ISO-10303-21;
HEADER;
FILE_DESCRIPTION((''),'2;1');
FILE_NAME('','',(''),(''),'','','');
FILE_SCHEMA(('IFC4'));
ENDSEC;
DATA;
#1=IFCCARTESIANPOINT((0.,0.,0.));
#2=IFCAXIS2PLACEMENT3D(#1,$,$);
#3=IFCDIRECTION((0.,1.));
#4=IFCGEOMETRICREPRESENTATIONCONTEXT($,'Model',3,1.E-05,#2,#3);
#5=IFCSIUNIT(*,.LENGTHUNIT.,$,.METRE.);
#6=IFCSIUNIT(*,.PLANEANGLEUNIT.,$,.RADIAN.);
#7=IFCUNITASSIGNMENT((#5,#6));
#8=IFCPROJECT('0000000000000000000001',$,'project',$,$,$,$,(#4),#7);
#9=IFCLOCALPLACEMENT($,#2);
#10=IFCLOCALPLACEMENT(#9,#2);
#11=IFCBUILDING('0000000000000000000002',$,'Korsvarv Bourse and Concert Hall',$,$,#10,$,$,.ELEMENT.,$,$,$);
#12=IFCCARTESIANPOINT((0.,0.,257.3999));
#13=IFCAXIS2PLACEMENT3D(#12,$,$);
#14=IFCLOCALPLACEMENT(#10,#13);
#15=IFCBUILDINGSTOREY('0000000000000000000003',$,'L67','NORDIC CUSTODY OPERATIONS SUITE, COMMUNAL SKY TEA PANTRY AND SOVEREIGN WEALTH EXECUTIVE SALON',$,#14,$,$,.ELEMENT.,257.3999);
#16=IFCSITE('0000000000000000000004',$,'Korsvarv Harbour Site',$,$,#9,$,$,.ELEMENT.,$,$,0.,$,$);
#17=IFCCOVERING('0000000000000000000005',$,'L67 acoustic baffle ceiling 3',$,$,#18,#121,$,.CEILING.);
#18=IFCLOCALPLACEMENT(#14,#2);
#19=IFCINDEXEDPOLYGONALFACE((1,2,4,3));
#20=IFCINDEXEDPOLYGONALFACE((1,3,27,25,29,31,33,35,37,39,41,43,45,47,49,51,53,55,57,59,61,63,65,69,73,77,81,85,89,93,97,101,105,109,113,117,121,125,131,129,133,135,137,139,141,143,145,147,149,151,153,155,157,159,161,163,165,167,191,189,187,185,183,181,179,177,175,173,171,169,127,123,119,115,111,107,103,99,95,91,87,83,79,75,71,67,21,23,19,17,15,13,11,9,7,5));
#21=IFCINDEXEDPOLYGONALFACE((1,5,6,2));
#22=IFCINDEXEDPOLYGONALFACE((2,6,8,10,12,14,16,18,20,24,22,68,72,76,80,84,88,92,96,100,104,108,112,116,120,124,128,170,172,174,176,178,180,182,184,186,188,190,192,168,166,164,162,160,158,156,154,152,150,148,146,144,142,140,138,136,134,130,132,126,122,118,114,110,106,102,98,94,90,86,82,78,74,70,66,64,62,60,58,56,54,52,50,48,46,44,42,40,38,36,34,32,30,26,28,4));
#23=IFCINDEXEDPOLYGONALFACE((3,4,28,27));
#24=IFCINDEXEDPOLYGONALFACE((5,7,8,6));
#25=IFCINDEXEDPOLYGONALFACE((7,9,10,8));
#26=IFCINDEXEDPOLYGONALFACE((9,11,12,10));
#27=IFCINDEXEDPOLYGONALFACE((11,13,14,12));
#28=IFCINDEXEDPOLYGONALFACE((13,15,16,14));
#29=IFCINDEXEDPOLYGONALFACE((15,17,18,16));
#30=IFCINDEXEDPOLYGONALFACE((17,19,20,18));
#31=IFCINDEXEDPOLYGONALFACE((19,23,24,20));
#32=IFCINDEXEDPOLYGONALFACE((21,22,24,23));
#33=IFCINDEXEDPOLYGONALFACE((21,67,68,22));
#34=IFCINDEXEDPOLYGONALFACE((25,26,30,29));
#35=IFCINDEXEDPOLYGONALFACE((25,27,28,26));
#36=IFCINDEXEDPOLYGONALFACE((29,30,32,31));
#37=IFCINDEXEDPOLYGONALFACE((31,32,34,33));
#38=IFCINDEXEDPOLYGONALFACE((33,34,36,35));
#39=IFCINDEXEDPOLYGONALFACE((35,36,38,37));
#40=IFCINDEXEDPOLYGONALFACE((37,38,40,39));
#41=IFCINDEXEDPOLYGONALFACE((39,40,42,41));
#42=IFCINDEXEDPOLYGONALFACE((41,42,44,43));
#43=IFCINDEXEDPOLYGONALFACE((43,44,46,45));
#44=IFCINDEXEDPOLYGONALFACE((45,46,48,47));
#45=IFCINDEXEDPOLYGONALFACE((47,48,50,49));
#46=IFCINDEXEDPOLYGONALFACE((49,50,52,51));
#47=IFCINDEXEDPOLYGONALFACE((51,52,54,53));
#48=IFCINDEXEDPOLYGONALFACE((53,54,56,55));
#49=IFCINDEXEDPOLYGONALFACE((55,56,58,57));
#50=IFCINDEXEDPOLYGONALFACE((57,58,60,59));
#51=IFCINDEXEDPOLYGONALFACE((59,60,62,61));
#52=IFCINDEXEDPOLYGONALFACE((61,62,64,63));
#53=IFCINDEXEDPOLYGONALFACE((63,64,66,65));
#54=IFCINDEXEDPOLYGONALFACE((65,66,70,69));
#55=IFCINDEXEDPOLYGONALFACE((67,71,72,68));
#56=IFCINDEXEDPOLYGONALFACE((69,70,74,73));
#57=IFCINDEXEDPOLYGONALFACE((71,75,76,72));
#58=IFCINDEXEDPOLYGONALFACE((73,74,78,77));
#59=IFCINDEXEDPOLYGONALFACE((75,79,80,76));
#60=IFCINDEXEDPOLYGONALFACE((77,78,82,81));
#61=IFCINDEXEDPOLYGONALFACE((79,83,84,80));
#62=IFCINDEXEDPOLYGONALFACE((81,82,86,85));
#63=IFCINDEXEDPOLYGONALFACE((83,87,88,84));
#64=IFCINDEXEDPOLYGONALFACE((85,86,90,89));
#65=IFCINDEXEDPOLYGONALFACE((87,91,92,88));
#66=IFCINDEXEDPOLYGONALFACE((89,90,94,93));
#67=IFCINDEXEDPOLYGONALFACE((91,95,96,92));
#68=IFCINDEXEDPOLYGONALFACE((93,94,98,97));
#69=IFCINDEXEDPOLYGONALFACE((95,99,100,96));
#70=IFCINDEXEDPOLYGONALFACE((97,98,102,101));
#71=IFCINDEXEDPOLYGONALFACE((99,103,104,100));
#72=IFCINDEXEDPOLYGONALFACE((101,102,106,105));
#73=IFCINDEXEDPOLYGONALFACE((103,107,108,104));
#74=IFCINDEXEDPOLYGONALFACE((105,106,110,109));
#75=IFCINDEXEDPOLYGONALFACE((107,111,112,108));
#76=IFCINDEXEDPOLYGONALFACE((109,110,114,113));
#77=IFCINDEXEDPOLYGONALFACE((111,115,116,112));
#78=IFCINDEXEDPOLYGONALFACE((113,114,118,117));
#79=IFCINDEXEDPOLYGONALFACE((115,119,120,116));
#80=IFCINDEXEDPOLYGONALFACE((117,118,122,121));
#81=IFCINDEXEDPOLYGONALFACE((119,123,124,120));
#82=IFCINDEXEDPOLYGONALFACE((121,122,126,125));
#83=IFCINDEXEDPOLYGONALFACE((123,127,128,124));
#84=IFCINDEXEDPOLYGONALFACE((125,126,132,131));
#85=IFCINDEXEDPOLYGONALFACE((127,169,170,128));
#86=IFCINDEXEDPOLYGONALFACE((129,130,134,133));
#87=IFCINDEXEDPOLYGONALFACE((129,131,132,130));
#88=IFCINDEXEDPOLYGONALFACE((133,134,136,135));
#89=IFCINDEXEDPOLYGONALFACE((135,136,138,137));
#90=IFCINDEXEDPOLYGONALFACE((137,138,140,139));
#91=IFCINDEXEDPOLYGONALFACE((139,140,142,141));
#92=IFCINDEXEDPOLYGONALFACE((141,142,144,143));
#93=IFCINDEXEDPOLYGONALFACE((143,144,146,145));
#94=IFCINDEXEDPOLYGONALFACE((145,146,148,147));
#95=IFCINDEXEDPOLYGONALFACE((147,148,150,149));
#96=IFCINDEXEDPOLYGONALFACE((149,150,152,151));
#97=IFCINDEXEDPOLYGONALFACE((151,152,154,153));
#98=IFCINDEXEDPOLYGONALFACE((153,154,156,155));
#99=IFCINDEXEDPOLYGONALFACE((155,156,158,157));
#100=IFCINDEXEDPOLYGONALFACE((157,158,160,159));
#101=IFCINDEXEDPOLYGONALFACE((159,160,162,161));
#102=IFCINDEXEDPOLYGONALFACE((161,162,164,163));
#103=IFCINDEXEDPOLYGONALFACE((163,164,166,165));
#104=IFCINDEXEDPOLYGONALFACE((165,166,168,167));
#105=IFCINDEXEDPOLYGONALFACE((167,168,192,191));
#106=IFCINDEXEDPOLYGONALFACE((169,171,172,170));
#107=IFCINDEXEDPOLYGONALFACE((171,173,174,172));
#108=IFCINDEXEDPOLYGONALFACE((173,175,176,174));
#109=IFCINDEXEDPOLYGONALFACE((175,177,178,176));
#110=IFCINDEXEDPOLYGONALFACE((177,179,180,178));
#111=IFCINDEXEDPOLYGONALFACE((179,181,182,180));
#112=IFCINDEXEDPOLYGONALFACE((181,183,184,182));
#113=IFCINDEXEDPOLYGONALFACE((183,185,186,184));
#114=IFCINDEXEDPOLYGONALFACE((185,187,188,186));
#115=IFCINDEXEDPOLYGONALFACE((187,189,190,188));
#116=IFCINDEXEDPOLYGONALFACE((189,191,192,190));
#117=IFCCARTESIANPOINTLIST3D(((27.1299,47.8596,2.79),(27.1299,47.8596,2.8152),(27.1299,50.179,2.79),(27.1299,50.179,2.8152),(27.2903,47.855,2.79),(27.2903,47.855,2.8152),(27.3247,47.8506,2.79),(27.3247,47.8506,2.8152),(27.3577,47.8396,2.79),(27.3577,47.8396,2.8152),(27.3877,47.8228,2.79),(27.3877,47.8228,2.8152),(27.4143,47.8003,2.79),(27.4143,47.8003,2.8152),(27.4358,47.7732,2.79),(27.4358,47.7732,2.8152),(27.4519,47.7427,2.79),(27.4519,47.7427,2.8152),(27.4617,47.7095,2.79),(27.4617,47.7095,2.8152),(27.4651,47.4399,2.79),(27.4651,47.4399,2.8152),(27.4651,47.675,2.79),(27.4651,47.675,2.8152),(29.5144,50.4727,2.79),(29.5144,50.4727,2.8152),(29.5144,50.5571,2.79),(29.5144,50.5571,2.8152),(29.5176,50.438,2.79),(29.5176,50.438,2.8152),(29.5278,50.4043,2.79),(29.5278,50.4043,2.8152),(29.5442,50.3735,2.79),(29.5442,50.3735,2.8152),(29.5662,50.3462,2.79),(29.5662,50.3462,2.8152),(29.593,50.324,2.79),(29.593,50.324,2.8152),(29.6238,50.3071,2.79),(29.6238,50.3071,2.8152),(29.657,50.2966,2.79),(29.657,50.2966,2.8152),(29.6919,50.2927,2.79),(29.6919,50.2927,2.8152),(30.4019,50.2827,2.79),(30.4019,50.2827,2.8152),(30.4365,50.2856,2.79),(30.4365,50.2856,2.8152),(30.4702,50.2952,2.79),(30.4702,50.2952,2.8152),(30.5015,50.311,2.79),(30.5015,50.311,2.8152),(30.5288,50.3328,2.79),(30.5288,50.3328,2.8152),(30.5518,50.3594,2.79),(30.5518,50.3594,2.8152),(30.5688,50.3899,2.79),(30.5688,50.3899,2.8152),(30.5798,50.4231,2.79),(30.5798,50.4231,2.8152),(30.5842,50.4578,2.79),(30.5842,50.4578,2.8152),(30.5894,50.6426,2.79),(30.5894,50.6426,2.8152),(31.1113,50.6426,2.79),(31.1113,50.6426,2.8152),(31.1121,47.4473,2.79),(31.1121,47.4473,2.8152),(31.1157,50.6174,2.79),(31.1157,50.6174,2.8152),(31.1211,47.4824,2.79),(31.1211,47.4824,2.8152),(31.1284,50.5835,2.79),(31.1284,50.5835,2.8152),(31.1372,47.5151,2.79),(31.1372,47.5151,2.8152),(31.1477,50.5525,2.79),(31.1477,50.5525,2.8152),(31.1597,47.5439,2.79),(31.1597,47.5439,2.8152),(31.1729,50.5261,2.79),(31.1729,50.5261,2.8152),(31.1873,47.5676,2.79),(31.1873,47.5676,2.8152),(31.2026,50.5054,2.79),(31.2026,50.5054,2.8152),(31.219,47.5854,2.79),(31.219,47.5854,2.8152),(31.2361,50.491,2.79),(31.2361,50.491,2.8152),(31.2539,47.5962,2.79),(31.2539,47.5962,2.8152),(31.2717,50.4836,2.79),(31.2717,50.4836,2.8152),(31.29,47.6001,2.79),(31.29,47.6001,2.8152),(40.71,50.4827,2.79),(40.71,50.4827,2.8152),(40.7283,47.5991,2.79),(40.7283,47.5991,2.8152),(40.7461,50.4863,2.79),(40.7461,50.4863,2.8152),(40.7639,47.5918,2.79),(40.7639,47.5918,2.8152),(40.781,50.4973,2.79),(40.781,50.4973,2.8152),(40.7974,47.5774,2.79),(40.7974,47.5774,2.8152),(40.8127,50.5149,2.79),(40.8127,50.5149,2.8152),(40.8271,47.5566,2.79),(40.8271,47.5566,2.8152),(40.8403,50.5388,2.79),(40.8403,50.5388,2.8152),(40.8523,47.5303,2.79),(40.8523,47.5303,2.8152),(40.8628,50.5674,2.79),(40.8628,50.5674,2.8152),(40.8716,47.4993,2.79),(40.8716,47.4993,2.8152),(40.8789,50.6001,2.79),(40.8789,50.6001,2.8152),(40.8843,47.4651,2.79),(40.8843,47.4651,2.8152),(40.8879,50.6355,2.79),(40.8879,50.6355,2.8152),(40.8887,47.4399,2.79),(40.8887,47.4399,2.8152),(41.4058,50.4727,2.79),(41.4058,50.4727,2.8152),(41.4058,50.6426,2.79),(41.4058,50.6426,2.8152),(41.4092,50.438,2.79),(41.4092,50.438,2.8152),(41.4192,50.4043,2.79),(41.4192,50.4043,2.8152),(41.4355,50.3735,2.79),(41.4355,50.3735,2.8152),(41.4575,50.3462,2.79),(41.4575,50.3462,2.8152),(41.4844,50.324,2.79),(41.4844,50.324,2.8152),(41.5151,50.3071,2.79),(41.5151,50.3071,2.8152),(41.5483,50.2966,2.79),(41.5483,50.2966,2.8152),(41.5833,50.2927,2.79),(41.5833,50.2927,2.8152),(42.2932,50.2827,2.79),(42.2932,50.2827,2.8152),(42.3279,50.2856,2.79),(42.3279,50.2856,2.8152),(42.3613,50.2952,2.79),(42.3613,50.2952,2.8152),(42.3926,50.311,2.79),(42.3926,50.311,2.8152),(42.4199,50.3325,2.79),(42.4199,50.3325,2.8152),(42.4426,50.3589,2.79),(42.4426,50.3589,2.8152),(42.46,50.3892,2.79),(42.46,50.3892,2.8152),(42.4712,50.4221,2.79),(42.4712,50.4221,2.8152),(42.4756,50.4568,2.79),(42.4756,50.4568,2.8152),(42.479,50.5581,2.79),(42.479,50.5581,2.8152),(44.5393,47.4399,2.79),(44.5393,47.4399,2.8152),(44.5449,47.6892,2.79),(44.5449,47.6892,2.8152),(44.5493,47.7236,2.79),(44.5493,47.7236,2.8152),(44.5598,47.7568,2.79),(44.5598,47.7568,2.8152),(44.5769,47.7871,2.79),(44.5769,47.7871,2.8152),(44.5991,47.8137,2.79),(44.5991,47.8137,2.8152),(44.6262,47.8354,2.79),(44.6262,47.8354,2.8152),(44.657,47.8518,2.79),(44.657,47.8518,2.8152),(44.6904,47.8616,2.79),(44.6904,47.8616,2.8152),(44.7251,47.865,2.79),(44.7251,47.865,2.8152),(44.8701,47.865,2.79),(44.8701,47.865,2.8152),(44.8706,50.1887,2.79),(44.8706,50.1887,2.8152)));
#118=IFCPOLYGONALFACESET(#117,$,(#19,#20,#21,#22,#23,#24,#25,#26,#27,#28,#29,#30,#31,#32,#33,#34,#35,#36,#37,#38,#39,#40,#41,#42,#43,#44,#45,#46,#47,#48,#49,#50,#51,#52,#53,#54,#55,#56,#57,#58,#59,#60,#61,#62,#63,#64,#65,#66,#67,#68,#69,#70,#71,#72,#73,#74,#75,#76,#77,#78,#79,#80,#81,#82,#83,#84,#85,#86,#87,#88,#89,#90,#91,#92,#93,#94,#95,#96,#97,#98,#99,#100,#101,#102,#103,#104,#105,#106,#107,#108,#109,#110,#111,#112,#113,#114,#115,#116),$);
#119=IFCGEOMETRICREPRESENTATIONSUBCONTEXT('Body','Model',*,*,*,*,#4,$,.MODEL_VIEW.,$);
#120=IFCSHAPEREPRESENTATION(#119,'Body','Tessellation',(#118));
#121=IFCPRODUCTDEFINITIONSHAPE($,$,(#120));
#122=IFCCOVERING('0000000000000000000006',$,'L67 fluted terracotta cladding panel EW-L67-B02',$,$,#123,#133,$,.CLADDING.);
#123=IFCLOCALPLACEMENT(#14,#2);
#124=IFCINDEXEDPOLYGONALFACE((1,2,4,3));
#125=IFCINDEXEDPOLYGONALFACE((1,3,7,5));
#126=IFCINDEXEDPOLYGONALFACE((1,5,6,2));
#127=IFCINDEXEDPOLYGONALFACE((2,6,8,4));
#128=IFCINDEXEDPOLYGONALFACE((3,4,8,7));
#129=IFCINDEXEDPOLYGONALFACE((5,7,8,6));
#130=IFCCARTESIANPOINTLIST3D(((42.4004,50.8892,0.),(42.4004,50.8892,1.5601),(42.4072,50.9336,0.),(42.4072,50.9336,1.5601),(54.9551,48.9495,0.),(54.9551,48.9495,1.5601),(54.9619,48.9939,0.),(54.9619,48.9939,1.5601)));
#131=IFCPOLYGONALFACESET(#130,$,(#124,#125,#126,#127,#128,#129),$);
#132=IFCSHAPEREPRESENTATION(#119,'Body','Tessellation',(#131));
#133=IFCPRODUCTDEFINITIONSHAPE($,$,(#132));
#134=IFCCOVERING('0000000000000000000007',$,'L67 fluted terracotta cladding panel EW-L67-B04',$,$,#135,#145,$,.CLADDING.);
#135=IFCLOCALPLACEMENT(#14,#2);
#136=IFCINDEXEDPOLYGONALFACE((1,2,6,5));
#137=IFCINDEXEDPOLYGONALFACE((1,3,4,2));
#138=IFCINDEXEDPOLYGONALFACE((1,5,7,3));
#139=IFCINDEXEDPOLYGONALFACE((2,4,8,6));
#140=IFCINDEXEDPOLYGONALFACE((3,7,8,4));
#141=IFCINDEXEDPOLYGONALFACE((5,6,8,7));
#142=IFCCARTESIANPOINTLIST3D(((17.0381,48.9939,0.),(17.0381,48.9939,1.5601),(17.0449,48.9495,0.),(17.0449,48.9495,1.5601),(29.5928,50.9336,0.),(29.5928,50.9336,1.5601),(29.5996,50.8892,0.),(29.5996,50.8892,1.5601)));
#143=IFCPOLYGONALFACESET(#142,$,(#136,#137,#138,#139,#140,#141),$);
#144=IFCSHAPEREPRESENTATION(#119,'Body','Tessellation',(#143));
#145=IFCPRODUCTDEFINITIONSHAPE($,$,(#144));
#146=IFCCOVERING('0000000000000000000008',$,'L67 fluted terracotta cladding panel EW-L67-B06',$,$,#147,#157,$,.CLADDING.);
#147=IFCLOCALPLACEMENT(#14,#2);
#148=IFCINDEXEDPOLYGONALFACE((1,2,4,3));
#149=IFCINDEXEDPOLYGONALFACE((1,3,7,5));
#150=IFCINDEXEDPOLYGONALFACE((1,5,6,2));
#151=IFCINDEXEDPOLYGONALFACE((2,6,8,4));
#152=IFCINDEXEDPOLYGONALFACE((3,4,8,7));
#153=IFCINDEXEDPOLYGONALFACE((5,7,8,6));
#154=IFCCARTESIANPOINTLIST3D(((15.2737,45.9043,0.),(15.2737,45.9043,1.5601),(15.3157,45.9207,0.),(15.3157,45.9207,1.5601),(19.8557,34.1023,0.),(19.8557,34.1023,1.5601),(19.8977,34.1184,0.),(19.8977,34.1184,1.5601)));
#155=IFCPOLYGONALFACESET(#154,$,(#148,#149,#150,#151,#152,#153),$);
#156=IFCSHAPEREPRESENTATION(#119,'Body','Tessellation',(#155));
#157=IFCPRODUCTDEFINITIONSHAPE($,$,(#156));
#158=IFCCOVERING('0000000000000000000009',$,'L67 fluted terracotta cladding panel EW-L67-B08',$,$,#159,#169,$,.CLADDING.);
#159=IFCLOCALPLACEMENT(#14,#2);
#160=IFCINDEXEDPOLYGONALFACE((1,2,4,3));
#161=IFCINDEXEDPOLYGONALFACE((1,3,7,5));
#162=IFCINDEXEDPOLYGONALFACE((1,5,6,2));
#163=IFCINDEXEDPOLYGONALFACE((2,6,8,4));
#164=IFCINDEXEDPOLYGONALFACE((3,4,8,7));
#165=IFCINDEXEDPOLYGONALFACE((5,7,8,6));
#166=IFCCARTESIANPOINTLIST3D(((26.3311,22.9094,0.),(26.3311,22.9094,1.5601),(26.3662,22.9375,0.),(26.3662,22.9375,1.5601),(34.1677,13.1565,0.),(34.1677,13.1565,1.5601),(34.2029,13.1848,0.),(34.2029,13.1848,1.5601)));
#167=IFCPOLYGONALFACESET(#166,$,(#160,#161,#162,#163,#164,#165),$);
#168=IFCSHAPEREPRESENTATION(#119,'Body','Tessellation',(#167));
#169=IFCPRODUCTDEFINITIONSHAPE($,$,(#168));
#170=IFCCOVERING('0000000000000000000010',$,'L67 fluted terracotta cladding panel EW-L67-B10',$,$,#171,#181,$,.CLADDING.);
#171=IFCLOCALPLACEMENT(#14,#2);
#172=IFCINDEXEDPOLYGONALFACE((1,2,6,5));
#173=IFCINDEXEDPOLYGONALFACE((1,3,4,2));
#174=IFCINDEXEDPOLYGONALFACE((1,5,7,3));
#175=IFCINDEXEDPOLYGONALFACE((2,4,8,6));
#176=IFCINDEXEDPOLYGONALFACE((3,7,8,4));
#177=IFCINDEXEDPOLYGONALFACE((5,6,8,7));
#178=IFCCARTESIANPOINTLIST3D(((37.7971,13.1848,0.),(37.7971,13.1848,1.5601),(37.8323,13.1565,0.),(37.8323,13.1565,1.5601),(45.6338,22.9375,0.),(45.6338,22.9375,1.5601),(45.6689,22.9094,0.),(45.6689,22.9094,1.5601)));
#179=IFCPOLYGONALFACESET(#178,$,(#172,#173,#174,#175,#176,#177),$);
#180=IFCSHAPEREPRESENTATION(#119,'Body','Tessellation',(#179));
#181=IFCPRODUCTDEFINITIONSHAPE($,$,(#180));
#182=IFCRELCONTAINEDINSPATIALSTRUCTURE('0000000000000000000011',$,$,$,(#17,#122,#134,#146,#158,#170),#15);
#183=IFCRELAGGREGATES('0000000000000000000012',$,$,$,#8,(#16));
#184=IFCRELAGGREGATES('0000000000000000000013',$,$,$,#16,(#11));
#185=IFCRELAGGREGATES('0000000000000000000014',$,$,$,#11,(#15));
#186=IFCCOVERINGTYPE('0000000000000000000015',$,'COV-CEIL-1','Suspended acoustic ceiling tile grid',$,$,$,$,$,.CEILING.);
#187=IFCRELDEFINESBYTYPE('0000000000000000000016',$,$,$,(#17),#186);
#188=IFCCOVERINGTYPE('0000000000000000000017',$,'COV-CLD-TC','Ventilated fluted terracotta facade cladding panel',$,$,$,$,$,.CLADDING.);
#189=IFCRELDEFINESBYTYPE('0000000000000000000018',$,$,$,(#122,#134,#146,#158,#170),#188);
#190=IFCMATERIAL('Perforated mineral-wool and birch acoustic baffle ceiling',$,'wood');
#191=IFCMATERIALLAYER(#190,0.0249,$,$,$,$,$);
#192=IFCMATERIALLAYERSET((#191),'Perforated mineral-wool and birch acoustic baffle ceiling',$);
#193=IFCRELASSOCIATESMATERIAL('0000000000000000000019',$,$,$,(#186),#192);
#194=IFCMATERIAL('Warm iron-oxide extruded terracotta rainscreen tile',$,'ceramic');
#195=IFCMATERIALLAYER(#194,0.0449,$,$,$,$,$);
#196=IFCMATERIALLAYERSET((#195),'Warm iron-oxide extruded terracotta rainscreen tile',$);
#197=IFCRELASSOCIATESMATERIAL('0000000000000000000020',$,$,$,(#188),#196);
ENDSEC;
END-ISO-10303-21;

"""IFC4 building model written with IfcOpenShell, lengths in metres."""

from ifc_helpers import new_model, si_unit, direction, frame, origin, place, context, subcontext, project, spatial, polyline, outline, extrude, material, layer, layer_set, type_object, element, save


model = new_model("IFC4")

# Units and contexts
model_context = context("Model", 3, precision=1e-05, world=origin(), true_north=direction((0.0, 1.0)))
body_context = subcontext(model_context, "Body", "Model", "MODEL_VIEW")
ifc_project = project(units=[si_unit("LENGTHUNIT", "METRE"), si_unit("PLANEANGLEUNIT", "RADIAN")], contexts=[model_context])

# Site, building, storey
site_placement = place(None, origin())
site = spatial("IfcSite", under=ifc_project, at=site_placement, Name="Korsvarv Harbour Site", CompositionType="ELEMENT", RefElevation=0.0)
building_placement = place(site_placement, origin())
building = spatial("IfcBuilding", under=site, at=building_placement, Name="Korsvarv Bourse and Concert Hall", CompositionType="ELEMENT")
storey_placement = place(building_placement, frame((0.0, 0.0, 257.3999)))
storey = spatial("IfcBuildingStorey", under=building, at=storey_placement, Name="L67", Description="NORDIC CUSTODY OPERATIONS SUITE, COMMUNAL SKY TEA PANTRY AND SOVEREIGN WEALTH EXECUTIVE SALON", CompositionType="ELEMENT", Elevation=257.3999)

# Coverings
ifc_material_1 = material(Name="Perforated mineral-wool and birch acoustic baffle ceiling", Category="wood")
ifc_layer_1 = layer(ifc_material_1, 0.0249)
ifc_layer_set_1 = layer_set([ifc_layer_1], Name="Perforated mineral-wool and birch acoustic baffle ceiling")
covering_type_1 = type_object("IfcCoveringType", Name="COV-CEIL-1", Description="Suspended acoustic ceiling tile grid", PredefinedType="CEILING", material=ifc_layer_set_1)
covering_1_placement = place(storey_placement, frame((0.0, 0.0, 2.79)))
element("IfcCovering", 1, at=covering_1_placement, inside=storey, type_object=covering_type_1, Name="L67 acoustic baffle ceiling 3", PredefinedType="CEILING", context=body_context, shape_type="SweptSolid", body=[
    extrude(outline(polyline([(29.5144, 50.5571), (29.5144, 50.4727), (29.5176, 50.438), (29.5278, 50.4043), (29.5442, 50.3735), (29.5662, 50.3462), (29.593, 50.324), (29.6238, 50.3071), (29.657, 50.2966), (29.6919, 50.2927), (30.4019, 50.2827), (30.4365, 50.2856), (30.4702, 50.2952), (30.5015, 50.311), (30.5288, 50.3328), (30.5518, 50.3594), (30.5688, 50.3899), (30.5798, 50.4231), (30.5842, 50.4578), (30.5894, 50.6426), (31.1113, 50.6426), (31.1157, 50.6174), (31.1284, 50.5835), (31.1477, 50.5525), (31.1729, 50.5261), (31.2026, 50.5054), (31.2361, 50.491), (31.2717, 50.4836), (40.71, 50.4827), (40.7461, 50.4863), (40.781, 50.4973), (40.8127, 50.5149), (40.8403, 50.5388), (40.8628, 50.5674), (40.8789, 50.6001), (40.8879, 50.6355), (41.4058, 50.6426), (41.4058, 50.4727), (41.4092, 50.438), (41.4192, 50.4043), (41.4355, 50.3735), (41.4575, 50.3462), (41.4844, 50.324), (41.5151, 50.3071), (41.5483, 50.2966), (41.5833, 50.2927), (42.2932, 50.2827), (42.3279, 50.2856), (42.3613, 50.2952), (42.3926, 50.311), (42.4199, 50.3325), (42.4426, 50.3589), (42.46, 50.3892), (42.4712, 50.4221), (42.4756, 50.4568), (42.479, 50.5581), (44.8706, 50.1887), (44.8701, 47.865), (44.7251, 47.865), (44.6904, 47.8616), (44.657, 47.8518), (44.6262, 47.8354), (44.5991, 47.8137), (44.5769, 47.7871), (44.5598, 47.7568), (44.5493, 47.7236), (44.5449, 47.6892), (44.5393, 47.4399), (40.8887, 47.4399), (40.8843, 47.4651), (40.8716, 47.4993), (40.8523, 47.5303), (40.8271, 47.5566), (40.7974, 47.5774), (40.7639, 47.5918), (40.7283, 47.5991), (31.29, 47.6001), (31.2539, 47.5962), (31.219, 47.5854), (31.1873, 47.5676), (31.1597, 47.5439), (31.1372, 47.5151), (31.1211, 47.4824), (31.1121, 47.4473), (27.4651, 47.4399), (27.4651, 47.675), (27.4617, 47.7095), (27.4519, 47.7427), (27.4358, 47.7732), (27.4143, 47.8003), (27.3877, 47.8228), (27.3577, 47.8396), (27.3247, 47.8506), (27.2903, 47.855), (27.1299, 47.8596), (27.1299, 50.179), (29.5144, 50.5571)])), origin(), (0.0, 0.0, 1.0), 0.0251),
])
ifc_material_2 = material(Name="Warm iron-oxide extruded terracotta rainscreen tile", Category="ceramic")
ifc_layer_2 = layer(ifc_material_2, 0.0449)
ifc_layer_set_2 = layer_set([ifc_layer_2], Name="Warm iron-oxide extruded terracotta rainscreen tile")
covering_type_2 = type_object("IfcCoveringType", Name="COV-CLD-TC", Description="Ventilated fluted terracotta facade cladding panel", PredefinedType="CLADDING", material=ifc_layer_set_2)
covering_2_placement = place(storey_placement, origin())
element("IfcCovering", 2, at=covering_2_placement, inside=storey, type_object=covering_type_2, Name="L67 fluted terracotta cladding panel EW-L67-B02", PredefinedType="CLADDING", context=body_context, shape_type="SweptSolid", body=[
    extrude(outline(polyline([(54.9551, 48.9495), (42.4004, 50.8892), (42.4072, 50.9336), (54.9619, 48.9939), (54.9551, 48.9495)])), origin(), (0.0, 0.0, 1.0), 1.5601),
])
covering_3_placement = place(storey_placement, origin())
element("IfcCovering", 3, at=covering_3_placement, inside=storey, type_object=covering_type_2, Name="L67 fluted terracotta cladding panel EW-L67-B04", PredefinedType="CLADDING", context=body_context, shape_type="SweptSolid", body=[
    extrude(outline(polyline([(29.5996, 50.8892), (17.0449, 48.9495), (17.0381, 48.9939), (29.5928, 50.9336), (29.5996, 50.8892)])), origin(), (0.0, 0.0, 1.0), 1.5601),
])
covering_4_placement = place(storey_placement, origin())
element("IfcCovering", 4, at=covering_4_placement, inside=storey, type_object=covering_type_2, Name="L67 fluted terracotta cladding panel EW-L67-B06", PredefinedType="CLADDING", context=body_context, shape_type="SweptSolid", body=[
    extrude(outline(polyline([(15.3157, 45.9207), (19.8977, 34.1184), (19.8557, 34.1023), (15.2737, 45.9043), (15.3157, 45.9207)])), origin(), (0.0, 0.0, 1.0), 1.5601),
])
covering_5_placement = place(storey_placement, origin())
element("IfcCovering", 5, at=covering_5_placement, inside=storey, type_object=covering_type_2, Name="L67 fluted terracotta cladding panel EW-L67-B08", PredefinedType="CLADDING", context=body_context, shape_type="SweptSolid", body=[
    extrude(outline(polyline([(26.3662, 22.9375), (34.2029, 13.1848), (34.1677, 13.1565), (26.3311, 22.9094), (26.3662, 22.9375)])), origin(), (0.0, 0.0, 1.0), 1.5601),
])
covering_6_placement = place(storey_placement, origin())
element("IfcCovering", 6, at=covering_6_placement, inside=storey, type_object=covering_type_2, Name="L67 fluted terracotta cladding panel EW-L67-B10", PredefinedType="CLADDING", context=body_context, shape_type="SweptSolid", body=[
    extrude(outline(polyline([(37.7971, 13.1848), (45.6338, 22.9375), (45.6689, 22.9094), (37.8323, 13.1565), (37.7971, 13.1848)])), origin(), (0.0, 0.0, 1.0), 1.5601),
])

save(model, "model.ifc")
